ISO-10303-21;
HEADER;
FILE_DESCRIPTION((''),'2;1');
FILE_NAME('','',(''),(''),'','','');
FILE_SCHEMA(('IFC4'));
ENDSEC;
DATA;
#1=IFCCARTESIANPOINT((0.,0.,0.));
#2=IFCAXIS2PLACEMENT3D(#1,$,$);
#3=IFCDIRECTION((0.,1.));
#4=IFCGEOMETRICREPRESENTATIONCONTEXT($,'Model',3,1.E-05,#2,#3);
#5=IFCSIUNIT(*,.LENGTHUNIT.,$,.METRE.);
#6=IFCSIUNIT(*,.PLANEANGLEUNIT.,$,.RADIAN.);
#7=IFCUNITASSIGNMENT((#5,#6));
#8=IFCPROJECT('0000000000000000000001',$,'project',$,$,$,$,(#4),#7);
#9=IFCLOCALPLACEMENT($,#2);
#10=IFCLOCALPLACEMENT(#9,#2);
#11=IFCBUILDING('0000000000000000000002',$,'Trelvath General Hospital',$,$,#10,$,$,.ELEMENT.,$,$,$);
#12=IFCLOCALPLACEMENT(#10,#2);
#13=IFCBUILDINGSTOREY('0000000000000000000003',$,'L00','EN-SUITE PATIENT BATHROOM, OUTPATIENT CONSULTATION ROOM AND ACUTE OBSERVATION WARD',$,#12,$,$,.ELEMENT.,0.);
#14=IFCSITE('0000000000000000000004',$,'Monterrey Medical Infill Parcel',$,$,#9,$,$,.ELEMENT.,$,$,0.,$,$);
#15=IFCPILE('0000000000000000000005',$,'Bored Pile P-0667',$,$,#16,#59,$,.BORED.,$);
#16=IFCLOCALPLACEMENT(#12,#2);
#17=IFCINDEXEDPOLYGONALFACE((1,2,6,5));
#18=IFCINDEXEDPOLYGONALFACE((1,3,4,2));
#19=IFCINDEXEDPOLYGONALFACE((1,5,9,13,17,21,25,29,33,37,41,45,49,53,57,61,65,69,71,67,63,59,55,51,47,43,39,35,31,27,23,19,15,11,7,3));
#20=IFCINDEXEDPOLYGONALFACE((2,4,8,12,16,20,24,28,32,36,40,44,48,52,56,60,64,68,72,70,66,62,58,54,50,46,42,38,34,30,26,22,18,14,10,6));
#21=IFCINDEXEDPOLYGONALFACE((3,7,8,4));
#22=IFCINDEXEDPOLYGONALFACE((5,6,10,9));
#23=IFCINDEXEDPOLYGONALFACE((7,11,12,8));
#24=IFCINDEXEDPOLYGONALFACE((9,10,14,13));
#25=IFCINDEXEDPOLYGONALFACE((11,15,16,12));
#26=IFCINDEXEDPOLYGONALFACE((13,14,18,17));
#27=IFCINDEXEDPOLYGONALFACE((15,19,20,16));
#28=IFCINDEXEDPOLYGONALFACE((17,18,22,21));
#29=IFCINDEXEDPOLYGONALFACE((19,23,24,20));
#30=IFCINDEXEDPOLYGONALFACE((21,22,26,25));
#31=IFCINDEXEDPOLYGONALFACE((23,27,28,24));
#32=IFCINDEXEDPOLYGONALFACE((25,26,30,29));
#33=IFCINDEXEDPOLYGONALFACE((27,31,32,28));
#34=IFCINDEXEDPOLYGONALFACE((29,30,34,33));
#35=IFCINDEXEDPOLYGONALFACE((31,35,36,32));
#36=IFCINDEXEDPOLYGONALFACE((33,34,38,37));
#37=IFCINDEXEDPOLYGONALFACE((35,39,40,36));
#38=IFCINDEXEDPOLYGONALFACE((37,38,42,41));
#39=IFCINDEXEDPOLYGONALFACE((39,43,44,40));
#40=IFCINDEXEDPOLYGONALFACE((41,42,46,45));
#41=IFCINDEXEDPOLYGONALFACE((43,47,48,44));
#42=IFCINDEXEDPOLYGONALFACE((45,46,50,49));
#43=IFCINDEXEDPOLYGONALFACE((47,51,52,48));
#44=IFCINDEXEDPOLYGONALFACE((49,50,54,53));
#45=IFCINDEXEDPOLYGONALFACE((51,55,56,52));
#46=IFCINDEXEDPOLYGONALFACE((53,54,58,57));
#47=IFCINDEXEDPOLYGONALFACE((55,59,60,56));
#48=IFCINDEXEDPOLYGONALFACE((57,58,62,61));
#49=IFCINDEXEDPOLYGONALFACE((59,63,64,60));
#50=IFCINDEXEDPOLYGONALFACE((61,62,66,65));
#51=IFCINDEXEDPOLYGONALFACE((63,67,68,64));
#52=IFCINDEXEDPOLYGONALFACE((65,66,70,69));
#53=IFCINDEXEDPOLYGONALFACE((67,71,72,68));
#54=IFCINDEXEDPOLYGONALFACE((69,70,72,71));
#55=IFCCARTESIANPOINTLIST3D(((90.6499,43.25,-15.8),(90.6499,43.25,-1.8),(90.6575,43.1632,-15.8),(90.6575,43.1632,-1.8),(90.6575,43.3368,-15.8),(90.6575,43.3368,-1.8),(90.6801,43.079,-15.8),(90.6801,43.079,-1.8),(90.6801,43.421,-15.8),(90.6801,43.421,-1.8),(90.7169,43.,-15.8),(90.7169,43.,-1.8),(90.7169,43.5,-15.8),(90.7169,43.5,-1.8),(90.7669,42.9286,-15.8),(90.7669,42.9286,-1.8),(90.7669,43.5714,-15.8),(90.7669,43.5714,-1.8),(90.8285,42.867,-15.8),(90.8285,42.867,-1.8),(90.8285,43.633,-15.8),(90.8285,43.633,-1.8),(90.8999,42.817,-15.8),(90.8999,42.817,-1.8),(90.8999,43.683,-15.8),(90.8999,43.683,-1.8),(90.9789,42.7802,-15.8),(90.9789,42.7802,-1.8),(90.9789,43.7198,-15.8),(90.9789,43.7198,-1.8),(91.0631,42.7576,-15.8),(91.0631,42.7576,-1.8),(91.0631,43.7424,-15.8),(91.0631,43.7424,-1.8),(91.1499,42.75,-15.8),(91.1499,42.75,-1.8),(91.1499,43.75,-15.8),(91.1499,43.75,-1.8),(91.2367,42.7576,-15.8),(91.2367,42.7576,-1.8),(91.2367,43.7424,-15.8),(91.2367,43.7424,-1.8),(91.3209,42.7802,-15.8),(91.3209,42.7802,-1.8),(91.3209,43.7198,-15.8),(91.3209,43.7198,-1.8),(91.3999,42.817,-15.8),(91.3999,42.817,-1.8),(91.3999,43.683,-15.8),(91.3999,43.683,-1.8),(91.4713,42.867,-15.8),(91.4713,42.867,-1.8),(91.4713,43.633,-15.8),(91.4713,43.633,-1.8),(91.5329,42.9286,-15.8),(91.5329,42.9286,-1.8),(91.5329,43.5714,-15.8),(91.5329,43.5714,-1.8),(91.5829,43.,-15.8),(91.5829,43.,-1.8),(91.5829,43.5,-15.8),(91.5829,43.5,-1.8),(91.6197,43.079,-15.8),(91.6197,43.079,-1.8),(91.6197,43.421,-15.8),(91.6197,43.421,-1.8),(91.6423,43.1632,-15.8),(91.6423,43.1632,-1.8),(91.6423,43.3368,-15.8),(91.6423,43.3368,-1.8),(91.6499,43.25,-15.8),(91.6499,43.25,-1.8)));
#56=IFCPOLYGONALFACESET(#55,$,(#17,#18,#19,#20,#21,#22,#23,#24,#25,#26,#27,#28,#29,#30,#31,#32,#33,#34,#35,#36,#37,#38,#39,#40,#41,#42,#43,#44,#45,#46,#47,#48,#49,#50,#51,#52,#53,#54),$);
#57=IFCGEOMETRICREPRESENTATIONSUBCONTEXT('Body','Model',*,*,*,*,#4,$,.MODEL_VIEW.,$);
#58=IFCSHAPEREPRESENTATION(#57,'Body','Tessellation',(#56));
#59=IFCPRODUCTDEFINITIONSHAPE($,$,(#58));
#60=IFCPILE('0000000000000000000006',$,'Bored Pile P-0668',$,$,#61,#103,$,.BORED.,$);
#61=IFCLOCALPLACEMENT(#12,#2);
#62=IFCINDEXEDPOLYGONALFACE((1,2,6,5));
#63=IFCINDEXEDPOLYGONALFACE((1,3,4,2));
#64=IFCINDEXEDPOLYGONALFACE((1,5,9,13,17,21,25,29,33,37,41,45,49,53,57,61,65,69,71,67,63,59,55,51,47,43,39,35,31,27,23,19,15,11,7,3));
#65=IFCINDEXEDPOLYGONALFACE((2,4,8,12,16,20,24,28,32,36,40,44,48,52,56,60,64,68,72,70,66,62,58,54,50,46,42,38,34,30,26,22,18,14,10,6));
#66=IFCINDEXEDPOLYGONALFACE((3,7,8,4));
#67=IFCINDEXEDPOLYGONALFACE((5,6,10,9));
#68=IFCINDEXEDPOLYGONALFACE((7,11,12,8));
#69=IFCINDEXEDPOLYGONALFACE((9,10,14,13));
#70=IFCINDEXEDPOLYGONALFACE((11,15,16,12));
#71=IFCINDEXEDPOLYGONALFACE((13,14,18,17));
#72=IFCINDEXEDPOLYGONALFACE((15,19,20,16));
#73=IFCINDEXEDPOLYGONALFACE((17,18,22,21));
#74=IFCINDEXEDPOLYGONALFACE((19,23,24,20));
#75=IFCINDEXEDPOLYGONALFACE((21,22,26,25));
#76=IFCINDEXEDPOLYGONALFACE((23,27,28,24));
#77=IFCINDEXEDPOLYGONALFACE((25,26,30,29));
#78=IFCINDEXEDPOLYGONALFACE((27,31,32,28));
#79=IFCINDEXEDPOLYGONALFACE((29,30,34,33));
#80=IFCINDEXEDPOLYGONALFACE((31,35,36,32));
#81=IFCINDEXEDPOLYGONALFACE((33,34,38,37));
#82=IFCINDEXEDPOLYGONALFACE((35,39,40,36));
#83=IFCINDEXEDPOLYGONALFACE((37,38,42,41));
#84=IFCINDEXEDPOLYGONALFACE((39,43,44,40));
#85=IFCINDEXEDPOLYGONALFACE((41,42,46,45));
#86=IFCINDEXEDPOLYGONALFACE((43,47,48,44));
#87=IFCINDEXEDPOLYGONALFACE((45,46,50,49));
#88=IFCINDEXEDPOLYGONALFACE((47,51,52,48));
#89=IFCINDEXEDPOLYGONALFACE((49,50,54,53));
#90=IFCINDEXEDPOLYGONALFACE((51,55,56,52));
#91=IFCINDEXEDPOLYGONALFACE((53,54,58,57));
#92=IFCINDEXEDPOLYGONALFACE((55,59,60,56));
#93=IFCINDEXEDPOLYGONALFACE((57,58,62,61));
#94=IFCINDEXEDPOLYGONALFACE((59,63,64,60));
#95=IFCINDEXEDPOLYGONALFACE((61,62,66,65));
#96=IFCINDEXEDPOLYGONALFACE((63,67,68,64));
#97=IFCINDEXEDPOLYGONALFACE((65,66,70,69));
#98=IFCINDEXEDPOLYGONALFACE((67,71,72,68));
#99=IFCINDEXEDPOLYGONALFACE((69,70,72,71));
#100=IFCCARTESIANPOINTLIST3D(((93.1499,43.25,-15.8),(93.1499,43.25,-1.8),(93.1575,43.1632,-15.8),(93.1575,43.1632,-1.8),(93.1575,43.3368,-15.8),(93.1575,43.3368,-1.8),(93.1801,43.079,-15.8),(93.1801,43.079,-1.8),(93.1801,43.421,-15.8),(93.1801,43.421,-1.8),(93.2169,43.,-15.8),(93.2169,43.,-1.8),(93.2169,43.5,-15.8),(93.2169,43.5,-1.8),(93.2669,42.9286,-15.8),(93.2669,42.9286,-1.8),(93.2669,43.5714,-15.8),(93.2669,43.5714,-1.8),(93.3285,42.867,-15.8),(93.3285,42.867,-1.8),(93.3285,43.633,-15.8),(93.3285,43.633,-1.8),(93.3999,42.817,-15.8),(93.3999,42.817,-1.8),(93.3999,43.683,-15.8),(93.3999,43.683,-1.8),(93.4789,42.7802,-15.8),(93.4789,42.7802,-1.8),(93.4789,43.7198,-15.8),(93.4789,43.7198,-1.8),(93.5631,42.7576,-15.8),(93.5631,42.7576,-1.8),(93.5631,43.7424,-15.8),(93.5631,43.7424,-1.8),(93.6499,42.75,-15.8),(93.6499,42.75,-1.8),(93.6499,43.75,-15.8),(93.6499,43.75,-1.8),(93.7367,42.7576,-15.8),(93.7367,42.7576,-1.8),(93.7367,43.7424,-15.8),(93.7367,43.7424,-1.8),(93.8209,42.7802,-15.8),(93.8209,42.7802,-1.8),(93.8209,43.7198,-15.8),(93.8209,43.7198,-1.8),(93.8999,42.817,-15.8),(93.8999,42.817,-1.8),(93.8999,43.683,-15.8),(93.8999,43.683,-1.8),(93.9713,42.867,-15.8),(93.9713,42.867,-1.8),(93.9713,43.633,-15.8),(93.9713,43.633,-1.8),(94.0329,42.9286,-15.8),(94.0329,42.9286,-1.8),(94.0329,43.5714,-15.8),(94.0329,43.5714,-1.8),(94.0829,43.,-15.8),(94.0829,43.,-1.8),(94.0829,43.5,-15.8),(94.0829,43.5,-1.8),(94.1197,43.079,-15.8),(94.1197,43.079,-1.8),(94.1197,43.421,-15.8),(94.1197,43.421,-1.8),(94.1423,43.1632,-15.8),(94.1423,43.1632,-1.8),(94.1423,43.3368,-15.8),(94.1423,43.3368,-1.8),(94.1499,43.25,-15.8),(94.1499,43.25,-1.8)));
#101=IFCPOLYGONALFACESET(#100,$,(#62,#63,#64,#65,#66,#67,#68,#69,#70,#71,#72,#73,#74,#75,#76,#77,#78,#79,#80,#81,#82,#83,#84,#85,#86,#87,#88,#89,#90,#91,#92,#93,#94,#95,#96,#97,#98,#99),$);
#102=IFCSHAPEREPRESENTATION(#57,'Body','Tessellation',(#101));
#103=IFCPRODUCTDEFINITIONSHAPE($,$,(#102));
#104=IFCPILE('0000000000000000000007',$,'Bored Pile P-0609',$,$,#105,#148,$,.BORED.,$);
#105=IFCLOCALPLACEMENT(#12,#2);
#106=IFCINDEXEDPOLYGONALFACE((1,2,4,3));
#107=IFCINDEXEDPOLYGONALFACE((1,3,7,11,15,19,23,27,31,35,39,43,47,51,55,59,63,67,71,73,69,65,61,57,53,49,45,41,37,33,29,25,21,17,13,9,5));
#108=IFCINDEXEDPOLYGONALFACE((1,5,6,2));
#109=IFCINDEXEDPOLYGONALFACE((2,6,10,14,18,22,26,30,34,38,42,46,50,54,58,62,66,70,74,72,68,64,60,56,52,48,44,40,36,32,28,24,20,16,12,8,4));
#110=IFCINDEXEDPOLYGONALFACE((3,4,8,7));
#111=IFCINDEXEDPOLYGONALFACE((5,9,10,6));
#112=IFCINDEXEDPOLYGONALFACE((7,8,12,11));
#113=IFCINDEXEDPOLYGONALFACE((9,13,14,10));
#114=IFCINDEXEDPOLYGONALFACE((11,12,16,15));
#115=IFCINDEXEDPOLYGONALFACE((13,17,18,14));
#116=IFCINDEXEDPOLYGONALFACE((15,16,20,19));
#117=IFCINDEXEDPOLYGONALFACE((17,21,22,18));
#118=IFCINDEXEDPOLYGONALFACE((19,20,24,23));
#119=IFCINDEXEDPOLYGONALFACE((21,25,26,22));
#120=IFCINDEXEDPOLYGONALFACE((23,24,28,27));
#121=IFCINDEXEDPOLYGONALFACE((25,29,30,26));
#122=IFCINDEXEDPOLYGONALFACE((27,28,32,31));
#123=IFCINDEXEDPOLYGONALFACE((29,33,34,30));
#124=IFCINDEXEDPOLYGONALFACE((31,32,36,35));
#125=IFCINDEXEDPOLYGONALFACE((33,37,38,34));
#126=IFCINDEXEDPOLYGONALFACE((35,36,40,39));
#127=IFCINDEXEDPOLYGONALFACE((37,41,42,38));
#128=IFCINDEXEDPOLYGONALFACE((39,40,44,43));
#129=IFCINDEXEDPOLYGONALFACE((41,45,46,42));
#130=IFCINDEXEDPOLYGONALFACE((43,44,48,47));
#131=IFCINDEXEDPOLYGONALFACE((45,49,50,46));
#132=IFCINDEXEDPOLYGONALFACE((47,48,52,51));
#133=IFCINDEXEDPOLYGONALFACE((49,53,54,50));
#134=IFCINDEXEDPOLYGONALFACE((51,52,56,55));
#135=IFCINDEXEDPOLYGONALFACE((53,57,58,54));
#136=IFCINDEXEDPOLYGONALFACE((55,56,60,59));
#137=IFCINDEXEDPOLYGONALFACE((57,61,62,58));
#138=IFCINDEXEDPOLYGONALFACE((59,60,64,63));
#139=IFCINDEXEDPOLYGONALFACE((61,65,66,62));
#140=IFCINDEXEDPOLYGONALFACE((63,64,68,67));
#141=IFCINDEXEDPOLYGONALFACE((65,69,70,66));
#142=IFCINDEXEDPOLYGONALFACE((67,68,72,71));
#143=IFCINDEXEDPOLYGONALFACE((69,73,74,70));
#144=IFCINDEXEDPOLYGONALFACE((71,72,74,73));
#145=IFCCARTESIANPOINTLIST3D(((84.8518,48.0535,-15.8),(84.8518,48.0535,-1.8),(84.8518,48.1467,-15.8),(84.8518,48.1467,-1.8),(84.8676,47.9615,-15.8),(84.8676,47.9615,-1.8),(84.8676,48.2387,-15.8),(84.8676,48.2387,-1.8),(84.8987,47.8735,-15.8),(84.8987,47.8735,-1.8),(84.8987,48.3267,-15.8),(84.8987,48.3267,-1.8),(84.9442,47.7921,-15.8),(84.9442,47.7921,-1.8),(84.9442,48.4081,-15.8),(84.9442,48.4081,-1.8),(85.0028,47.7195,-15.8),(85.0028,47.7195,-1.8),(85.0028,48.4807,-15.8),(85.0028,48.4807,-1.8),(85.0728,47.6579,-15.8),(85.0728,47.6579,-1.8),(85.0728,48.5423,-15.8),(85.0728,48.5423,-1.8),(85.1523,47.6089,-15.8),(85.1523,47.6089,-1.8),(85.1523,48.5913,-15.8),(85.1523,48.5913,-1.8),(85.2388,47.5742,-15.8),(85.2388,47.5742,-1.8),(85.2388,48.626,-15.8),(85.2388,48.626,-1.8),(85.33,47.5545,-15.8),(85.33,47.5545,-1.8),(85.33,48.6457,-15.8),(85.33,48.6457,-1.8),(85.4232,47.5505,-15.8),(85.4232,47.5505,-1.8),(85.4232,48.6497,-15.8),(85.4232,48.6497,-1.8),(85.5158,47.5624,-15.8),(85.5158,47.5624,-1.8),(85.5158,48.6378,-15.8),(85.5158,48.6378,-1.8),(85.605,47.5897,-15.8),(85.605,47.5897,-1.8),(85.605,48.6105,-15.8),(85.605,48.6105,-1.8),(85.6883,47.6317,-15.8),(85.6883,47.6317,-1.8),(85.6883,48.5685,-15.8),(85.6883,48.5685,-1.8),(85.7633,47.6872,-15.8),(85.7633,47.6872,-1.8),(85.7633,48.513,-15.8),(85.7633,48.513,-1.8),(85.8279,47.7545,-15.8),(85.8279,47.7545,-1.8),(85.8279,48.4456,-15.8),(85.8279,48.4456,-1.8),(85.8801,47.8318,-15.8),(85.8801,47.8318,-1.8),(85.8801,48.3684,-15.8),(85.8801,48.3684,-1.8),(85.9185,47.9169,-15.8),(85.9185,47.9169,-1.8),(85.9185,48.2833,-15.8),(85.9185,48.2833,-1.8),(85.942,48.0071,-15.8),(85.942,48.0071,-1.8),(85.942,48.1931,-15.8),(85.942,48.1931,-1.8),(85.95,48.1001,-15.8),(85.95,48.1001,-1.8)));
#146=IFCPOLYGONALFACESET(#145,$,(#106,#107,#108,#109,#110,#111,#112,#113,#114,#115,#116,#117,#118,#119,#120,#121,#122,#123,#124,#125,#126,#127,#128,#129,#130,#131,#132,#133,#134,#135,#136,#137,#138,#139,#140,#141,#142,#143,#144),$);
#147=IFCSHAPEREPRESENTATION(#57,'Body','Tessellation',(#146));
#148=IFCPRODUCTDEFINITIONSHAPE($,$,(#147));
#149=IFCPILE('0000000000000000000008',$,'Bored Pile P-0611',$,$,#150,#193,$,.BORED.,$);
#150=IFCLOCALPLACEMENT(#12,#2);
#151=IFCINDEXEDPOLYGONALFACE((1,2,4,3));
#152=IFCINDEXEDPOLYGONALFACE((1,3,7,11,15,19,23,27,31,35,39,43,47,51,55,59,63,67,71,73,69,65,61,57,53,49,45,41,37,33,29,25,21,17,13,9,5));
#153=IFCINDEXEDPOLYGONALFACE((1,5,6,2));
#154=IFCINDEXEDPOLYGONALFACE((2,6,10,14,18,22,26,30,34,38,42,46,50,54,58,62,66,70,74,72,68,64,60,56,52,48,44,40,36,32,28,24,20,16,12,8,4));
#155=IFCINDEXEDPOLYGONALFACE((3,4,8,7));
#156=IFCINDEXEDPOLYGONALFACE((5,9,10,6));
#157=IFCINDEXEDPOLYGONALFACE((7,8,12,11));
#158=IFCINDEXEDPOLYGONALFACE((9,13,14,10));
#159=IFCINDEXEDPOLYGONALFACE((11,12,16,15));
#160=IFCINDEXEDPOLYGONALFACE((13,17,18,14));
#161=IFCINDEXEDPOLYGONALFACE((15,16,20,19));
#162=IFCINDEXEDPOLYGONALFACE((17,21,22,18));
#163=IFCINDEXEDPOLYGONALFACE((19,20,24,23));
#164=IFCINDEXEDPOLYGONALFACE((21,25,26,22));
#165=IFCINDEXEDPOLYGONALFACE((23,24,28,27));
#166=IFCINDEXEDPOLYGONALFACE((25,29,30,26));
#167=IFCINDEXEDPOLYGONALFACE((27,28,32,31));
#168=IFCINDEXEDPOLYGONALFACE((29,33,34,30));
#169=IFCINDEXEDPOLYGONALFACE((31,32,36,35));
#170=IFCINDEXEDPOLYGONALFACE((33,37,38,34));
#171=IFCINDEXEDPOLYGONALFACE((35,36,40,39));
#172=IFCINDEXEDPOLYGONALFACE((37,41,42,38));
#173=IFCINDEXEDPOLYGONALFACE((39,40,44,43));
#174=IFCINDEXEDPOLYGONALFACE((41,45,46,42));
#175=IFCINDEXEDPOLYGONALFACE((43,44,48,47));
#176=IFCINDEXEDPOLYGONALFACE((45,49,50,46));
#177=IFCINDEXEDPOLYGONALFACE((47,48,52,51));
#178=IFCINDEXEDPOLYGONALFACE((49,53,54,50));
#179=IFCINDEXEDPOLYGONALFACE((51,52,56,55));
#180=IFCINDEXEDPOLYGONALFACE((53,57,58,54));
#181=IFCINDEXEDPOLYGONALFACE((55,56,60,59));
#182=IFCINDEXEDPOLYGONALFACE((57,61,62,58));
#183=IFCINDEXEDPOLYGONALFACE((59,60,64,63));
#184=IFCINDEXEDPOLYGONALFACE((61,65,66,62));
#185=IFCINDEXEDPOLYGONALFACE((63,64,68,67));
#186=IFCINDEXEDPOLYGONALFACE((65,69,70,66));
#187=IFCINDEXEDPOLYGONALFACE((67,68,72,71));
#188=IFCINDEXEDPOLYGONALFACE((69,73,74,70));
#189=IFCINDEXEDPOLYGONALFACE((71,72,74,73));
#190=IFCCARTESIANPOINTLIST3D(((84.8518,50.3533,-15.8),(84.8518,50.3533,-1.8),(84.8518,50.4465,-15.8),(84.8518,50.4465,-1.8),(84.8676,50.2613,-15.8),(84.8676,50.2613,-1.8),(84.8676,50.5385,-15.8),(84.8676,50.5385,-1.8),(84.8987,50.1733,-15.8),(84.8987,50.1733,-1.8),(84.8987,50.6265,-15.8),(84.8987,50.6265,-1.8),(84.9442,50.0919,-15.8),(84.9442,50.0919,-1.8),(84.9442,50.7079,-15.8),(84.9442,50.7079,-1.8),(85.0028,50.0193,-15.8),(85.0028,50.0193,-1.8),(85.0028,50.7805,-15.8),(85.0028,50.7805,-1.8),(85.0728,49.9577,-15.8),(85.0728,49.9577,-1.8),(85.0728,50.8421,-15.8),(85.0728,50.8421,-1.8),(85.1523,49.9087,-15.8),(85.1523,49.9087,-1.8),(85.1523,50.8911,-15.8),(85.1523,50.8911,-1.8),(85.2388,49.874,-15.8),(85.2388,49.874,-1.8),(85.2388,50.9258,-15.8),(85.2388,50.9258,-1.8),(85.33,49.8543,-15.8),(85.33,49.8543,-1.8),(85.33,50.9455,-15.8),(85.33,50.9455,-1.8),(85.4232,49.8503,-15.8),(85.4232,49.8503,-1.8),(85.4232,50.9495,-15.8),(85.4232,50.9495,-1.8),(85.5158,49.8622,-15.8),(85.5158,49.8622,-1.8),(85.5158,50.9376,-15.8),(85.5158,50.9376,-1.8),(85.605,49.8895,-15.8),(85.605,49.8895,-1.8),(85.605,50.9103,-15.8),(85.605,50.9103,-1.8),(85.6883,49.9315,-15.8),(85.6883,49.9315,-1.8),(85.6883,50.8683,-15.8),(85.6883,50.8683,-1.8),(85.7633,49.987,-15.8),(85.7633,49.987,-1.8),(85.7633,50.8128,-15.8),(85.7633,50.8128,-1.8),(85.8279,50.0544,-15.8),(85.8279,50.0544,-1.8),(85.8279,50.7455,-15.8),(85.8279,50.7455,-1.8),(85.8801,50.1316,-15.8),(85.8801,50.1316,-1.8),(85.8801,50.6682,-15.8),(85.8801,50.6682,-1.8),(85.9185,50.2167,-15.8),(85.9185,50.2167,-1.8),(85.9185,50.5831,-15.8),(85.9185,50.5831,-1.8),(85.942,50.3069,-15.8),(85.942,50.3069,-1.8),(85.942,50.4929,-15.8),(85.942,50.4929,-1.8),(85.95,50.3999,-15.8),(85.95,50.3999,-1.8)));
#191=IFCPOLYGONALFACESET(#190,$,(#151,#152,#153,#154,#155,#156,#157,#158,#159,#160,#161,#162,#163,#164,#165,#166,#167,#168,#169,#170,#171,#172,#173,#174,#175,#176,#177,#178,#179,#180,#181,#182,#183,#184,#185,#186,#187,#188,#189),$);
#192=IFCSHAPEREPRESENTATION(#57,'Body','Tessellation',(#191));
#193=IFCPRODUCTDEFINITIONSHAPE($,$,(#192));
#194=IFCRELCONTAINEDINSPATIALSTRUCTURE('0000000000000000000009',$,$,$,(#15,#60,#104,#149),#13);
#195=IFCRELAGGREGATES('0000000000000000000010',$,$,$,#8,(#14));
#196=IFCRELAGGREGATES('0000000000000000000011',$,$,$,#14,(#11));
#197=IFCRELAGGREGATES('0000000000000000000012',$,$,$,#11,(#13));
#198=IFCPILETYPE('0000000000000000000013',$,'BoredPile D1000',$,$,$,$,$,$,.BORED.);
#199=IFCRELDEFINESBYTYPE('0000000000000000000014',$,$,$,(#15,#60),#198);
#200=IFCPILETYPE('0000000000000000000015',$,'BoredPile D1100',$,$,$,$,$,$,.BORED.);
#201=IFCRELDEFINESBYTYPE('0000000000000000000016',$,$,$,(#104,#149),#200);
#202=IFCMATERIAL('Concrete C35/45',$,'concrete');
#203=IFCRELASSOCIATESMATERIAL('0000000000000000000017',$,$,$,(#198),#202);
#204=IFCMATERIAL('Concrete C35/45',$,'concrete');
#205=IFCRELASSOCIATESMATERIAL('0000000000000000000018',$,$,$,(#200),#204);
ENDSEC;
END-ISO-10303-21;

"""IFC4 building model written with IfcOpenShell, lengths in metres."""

from ifc_helpers import new_model, si_unit, direction, frame, origin, origin_2d, place, context, subcontext, project, spatial, circle, extrude, material, material_profile, profile_set, type_object, element, save


model = new_model("IFC4")

# Units and contexts
model_context = context("Model", 3, precision=1e-05, world=origin(), true_north=direction((0.0, 1.0)))
body_context = subcontext(model_context, "Body", "Model", "MODEL_VIEW")
ifc_project = project(units=[si_unit("LENGTHUNIT", "METRE"), si_unit("PLANEANGLEUNIT", "RADIAN")], contexts=[model_context])

# Site, building, storey
site_placement = place(None, origin())
site = spatial("IfcSite", under=ifc_project, at=site_placement, Name="Monterrey Medical Infill Parcel", CompositionType="ELEMENT", RefElevation=0.0)
building_placement = place(site_placement, origin())
building = spatial("IfcBuilding", under=site, at=building_placement, Name="Trelvath General Hospital", CompositionType="ELEMENT")
storey_placement = place(building_placement, origin())
storey = spatial("IfcBuildingStorey", under=building, at=storey_placement, Name="L00", Description="EN-SUITE PATIENT BATHROOM, OUTPATIENT CONSULTATION ROOM AND ACUTE OBSERVATION WARD", CompositionType="ELEMENT", Elevation=0.0)

# Piles
ifc_material_1 = material(Name="Concrete C35/45", Category="concrete")
ifc_material_profile_1 = material_profile(ifc_material_1, circle(Radius=0.5, at=origin_2d()), Name="PILE1000")
ifc_profile_set_1 = profile_set([ifc_material_profile_1], Name="Concrete C35/45")
pile_type_1 = type_object("IfcPileType", Name="BoredPile D1000", PredefinedType="BORED", material=ifc_profile_set_1)
for number, where, z_axis, x_axis, name in (
    (1, (91.1499, 43.25, -1.8), (0.0, 0.0, -1.0), (1.0, 0.0, 0.0), "Bored Pile P-0667"),
    (2, (93.6499, 43.25, -1.8), (0.0, 0.0, -1.0), (1.0, 0.0, 0.0), "Bored Pile P-0668"),
):
    element("IfcPile", number, at=place(storey_placement, frame(where, z_axis=z_axis, x_axis=x_axis)), inside=storey, type_object=pile_type_1, Name=name, PredefinedType="BORED", context=body_context, shape_type="SweptSolid", body=[
        extrude(circle(Radius=0.5, at=origin_2d()), origin(), (0.0, 0.0, 1.0), 14.0),
    ])
ifc_material_2 = material(Name="Concrete C35/45", Category="concrete")
ifc_material_profile_2 = material_profile(ifc_material_2, circle(Radius=0.55, at=origin_2d()), Name="PILE1100")
ifc_profile_set_2 = profile_set([ifc_material_profile_2], Name="Concrete C35/45")
pile_type_2 = type_object("IfcPileType", Name="BoredPile D1100", PredefinedType="BORED", material=ifc_profile_set_2)
for number, where, z_axis, x_axis, name in (
    (3, (85.3999, 48.1001, -1.8), (0.0, 0.0, -1.0), (1.0, 0.0, 0.0), "Bored Pile P-0609"),
    (4, (85.3999, 50.3999, -1.8), (0.0, 0.0, -1.0), (1.0, 0.0, 0.0), "Bored Pile P-0611"),
):
    element("IfcPile", number, at=place(storey_placement, frame(where, z_axis=z_axis, x_axis=x_axis)), inside=storey, type_object=pile_type_2, Name=name, PredefinedType="BORED", context=body_context, shape_type="SweptSolid", body=[
        extrude(circle(Radius=0.55, at=origin_2d()), origin(), (0.0, 0.0, 1.0), 14.0),
    ])

save(model, "model.ifc")
